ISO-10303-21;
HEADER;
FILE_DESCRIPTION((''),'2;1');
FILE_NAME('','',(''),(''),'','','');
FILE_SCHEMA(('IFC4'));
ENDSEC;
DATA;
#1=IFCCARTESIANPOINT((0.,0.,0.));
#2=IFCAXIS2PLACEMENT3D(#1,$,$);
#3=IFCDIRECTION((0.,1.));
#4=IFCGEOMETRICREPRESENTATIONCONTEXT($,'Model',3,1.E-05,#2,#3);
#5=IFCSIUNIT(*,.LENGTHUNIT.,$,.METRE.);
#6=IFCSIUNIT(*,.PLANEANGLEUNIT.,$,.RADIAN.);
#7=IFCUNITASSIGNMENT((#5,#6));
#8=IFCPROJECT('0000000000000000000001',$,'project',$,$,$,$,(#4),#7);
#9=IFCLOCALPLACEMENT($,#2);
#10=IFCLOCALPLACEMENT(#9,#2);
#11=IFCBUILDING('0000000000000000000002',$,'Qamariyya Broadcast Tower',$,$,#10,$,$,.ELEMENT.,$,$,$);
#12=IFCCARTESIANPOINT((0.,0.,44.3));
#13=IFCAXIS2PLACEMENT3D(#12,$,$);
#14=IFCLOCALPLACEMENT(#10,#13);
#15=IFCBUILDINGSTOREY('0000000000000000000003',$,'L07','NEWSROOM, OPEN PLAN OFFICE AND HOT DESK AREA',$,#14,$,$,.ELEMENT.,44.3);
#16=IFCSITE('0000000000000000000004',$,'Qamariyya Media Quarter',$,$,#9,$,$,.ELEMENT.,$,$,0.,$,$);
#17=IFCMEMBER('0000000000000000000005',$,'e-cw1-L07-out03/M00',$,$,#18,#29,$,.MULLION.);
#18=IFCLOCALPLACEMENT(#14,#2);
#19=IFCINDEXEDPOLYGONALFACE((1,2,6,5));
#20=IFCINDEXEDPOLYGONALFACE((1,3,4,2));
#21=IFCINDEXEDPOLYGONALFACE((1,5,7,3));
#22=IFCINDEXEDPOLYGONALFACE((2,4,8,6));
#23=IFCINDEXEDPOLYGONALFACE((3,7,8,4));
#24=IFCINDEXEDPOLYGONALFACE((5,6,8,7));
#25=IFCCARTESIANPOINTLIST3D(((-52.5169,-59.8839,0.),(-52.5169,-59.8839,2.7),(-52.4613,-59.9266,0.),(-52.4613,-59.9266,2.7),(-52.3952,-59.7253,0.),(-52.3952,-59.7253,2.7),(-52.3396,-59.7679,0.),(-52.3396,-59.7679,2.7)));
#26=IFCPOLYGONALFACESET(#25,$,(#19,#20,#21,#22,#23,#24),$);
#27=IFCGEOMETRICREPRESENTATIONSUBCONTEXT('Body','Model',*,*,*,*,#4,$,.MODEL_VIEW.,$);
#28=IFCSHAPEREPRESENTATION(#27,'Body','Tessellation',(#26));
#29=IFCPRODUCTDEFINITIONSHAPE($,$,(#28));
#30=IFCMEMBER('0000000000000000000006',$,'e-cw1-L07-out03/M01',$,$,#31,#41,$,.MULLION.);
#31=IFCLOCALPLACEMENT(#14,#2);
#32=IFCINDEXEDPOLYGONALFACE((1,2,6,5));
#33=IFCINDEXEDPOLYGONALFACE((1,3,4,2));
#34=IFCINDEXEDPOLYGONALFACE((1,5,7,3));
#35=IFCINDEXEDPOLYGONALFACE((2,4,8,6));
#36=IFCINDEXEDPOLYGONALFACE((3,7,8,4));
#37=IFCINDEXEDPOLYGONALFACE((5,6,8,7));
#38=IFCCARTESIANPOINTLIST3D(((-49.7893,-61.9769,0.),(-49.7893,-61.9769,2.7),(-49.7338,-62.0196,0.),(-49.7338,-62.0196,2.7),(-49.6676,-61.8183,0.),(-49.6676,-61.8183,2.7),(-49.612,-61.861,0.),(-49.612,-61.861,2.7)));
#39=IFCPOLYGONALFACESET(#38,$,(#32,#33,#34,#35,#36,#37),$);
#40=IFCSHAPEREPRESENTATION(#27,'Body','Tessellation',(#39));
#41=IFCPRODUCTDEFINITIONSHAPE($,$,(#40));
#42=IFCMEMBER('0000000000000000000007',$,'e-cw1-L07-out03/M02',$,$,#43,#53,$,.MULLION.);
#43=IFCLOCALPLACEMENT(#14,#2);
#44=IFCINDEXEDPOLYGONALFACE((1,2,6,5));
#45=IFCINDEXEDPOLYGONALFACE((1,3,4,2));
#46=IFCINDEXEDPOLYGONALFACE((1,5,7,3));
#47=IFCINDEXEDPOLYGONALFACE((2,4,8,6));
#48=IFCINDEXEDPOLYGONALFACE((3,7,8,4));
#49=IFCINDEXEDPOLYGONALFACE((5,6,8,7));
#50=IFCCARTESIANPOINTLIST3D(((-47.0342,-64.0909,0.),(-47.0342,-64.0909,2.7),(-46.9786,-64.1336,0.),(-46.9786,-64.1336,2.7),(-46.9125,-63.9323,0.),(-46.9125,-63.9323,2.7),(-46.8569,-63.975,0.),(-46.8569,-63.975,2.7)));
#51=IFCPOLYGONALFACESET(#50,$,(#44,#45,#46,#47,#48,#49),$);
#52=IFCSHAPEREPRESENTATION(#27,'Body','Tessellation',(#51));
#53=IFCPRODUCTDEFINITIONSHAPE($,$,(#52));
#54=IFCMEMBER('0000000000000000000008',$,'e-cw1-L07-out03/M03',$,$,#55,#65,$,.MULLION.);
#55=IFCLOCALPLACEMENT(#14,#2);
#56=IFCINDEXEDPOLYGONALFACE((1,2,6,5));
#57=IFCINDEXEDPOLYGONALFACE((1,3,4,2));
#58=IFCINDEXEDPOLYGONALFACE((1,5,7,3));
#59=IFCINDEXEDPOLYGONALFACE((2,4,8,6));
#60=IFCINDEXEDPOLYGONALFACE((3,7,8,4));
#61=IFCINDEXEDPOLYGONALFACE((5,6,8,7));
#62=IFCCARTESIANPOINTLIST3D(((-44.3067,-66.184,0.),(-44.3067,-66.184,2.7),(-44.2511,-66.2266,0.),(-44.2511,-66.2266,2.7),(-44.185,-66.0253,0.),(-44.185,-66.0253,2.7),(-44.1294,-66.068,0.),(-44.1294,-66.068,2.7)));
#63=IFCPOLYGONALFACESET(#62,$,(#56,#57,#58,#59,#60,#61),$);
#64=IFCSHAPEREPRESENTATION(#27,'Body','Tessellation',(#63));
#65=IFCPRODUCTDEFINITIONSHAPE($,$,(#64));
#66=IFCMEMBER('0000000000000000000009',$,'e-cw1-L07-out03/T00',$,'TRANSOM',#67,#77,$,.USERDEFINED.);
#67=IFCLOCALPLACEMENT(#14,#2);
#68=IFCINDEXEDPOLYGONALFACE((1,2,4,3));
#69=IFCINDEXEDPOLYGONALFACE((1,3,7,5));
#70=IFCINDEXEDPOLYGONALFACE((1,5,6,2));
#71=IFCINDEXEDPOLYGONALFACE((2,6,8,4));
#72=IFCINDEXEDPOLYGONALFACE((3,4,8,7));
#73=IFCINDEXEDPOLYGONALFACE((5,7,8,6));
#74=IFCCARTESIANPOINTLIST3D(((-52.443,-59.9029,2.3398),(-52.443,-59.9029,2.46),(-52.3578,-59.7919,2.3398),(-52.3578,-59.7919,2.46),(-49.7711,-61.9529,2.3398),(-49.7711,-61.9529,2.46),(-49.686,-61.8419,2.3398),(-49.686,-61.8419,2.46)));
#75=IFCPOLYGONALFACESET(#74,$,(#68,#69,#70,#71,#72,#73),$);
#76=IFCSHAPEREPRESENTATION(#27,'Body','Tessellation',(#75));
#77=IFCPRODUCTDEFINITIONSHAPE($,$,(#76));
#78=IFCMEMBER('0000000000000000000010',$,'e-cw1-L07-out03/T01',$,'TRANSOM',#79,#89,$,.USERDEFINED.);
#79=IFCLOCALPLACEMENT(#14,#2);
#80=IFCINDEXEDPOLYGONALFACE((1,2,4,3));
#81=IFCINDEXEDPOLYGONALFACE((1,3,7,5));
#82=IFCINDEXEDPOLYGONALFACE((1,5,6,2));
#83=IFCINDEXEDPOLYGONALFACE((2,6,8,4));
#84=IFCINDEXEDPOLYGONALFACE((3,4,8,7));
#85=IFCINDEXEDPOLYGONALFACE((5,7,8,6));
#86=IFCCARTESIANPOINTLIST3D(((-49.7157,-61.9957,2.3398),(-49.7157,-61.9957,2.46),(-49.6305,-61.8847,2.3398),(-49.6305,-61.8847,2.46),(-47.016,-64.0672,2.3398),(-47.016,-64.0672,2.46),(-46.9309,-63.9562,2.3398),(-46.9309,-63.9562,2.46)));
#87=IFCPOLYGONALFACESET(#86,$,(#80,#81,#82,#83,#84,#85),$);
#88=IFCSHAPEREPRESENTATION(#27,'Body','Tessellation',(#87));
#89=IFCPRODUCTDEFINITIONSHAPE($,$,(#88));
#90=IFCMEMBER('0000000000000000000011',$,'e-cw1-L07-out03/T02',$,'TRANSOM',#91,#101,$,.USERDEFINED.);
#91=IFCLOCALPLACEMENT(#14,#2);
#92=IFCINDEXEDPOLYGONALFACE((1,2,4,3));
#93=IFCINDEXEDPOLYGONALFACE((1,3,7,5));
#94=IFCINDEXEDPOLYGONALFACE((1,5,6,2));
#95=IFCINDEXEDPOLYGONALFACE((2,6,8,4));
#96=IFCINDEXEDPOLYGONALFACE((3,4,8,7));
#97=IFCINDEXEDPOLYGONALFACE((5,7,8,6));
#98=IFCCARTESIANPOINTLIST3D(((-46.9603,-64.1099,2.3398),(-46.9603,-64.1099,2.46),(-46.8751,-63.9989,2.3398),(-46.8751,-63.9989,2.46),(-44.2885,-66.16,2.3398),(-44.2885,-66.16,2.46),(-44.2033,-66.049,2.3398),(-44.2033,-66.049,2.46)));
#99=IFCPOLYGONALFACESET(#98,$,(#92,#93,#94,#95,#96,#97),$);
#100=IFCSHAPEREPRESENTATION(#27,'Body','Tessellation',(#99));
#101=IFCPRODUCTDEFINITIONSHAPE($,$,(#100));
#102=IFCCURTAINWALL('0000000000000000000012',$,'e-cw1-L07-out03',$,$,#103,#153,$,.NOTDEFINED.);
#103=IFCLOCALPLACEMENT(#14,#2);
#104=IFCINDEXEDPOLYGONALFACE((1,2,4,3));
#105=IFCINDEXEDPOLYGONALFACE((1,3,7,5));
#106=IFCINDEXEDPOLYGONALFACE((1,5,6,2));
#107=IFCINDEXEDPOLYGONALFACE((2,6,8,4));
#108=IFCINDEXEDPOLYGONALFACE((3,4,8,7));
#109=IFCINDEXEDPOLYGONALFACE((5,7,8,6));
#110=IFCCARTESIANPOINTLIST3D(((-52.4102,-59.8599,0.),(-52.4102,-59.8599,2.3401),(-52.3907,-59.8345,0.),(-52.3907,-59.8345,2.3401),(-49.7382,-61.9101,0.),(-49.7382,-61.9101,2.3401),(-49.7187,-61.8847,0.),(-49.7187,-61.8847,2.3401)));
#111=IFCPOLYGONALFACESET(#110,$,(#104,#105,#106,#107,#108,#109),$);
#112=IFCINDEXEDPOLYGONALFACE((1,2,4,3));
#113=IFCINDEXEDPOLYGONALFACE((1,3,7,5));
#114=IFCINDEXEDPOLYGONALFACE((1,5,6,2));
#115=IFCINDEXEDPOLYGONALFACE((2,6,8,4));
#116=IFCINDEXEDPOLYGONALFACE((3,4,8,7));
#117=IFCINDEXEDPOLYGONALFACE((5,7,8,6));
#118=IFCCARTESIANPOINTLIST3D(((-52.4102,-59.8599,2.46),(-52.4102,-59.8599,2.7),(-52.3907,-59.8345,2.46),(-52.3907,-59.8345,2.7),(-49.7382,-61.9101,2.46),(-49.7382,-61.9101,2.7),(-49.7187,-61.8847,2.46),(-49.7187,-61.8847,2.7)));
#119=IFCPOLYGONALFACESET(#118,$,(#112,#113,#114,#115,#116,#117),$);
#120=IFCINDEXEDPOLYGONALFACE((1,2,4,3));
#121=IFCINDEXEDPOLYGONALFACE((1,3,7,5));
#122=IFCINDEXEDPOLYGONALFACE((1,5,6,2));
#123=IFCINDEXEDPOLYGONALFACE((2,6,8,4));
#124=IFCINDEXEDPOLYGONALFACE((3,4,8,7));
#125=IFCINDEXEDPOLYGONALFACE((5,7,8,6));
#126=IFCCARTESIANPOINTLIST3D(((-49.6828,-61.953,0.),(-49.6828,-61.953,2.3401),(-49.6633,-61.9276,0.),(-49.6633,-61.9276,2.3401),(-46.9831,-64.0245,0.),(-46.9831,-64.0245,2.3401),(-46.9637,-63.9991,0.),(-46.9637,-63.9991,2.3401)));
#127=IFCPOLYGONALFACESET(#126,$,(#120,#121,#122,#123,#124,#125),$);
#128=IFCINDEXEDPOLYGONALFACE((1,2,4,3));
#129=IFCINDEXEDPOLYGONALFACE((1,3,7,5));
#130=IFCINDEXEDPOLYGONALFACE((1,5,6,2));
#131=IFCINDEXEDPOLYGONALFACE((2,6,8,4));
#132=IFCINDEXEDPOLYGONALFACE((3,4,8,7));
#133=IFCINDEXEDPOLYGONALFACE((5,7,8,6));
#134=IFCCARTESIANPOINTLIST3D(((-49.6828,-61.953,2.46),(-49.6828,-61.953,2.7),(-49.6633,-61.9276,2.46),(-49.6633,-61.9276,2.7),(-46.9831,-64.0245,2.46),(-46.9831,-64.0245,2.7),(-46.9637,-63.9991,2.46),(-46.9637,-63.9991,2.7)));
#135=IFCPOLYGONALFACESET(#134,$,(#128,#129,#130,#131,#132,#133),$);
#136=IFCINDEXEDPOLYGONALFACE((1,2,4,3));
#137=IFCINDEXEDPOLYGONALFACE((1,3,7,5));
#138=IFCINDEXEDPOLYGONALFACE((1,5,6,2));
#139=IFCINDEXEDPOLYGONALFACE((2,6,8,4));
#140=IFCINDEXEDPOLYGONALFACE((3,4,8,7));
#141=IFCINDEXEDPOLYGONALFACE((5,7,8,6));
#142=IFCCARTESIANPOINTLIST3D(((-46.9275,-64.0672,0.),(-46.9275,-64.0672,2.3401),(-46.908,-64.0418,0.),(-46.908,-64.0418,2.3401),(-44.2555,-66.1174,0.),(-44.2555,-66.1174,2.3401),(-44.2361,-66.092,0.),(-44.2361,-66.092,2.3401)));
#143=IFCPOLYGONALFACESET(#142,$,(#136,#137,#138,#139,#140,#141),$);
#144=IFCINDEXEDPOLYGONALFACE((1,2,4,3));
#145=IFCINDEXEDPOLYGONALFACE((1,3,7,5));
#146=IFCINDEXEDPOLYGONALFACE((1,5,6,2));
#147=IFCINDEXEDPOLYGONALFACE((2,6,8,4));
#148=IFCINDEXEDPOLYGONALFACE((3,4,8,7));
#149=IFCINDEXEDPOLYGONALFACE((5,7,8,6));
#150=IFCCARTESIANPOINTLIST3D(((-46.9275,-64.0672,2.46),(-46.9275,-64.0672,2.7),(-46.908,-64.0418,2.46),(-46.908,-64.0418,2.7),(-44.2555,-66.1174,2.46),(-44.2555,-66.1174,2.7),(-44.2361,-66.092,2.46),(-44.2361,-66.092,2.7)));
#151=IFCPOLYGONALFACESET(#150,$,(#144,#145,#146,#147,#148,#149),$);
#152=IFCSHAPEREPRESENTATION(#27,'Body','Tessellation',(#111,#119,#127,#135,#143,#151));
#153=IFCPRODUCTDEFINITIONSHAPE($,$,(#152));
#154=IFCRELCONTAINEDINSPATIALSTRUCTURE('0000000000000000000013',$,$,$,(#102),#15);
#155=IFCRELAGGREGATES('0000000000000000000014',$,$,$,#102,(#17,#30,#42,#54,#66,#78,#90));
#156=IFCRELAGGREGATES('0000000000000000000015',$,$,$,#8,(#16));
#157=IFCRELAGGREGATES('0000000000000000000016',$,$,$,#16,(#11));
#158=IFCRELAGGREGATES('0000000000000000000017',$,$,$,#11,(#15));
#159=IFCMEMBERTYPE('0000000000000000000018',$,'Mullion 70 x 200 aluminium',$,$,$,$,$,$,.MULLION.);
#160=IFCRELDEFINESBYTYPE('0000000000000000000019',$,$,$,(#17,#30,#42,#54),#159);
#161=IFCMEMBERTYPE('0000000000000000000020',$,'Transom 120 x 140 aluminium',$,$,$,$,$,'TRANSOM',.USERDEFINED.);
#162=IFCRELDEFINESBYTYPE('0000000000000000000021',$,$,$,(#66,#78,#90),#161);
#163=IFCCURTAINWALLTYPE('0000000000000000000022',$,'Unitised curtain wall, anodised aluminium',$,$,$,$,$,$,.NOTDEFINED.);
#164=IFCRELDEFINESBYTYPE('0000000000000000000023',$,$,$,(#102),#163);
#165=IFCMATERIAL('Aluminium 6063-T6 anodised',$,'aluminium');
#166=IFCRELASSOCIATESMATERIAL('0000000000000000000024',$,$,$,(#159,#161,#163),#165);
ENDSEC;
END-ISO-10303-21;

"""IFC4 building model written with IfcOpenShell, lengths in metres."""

from ifc_helpers import new_model, si_unit, direction, frame, origin, origin_2d, place, context, subcontext, project, spatial, rectangle, extrude, material, material_profile, profile_set, type_object, element, aggregate, save


model = new_model("IFC4")

# Units and contexts
model_context = context("Model", 3, precision=1e-05, world=origin(), true_north=direction((0.0, 1.0)))
body_context = subcontext(model_context, "Body", "Model", "MODEL_VIEW")
ifc_project = project(units=[si_unit("LENGTHUNIT", "METRE"), si_unit("PLANEANGLEUNIT", "RADIAN")], contexts=[model_context])

# Members
ifc_material = material(Name="Aluminium 6063-T6 anodised", Category="aluminium")
ifc_material_profile_1 = material_profile(ifc_material, rectangle(XDim=0.2, YDim=0.0701, at=origin_2d()))
ifc_profile_set_1 = profile_set([ifc_material_profile_1], Name="Aluminium 6063-T6 anodised")
member_type_1 = type_object("IfcMemberType", Name="Mullion 70 x 200 aluminium", PredefinedType="MULLION", material=ifc_profile_set_1)
site_placement = place(None, origin())
building_placement = place(site_placement, origin())
storey_placement = place(building_placement, frame((0.0, 0.0, 44.3)))
member_1_placement = place(storey_placement, frame((-52.4282, -59.8259, 0.0), z_axis=(0.0, 0.0, 1.0), x_axis=(0.608761, 0.793353, 0.0)))
member_1 = element("IfcMember", 1, at=member_1_placement, type_object=member_type_1, Name="e-cw1-L07-out03/M00", PredefinedType="MULLION", context=body_context, shape_type="SweptSolid", body=[
    extrude(rectangle(XDim=0.2, YDim=0.0701, at=origin_2d()), origin(), (0.0, 0.0, 1.0), 2.7),
])
member_2_placement = place(storey_placement, frame((-49.7007, -61.9189, 0.0), z_axis=(0.0, 0.0, 1.0), x_axis=(0.608761, 0.793353, 0.0)))
member_2 = element("IfcMember", 2, at=member_2_placement, type_object=member_type_1, Name="e-cw1-L07-out03/M01", PredefinedType="MULLION", context=body_context, shape_type="SweptSolid", body=[
    extrude(rectangle(XDim=0.2, YDim=0.0701, at=origin_2d()), origin(), (0.0, 0.0, 1.0), 2.7),
])
member_3_placement = place(storey_placement, frame((-46.9456, -64.033, 0.0), z_axis=(0.0, 0.0, 1.0), x_axis=(0.608761, 0.793353, 0.0)))
member_3 = element("IfcMember", 3, at=member_3_placement, type_object=member_type_1, Name="e-cw1-L07-out03/M02", PredefinedType="MULLION", context=body_context, shape_type="SweptSolid", body=[
    extrude(rectangle(XDim=0.2, YDim=0.0701, at=origin_2d()), origin(), (0.0, 0.0, 1.0), 2.7),
])
member_4_placement = place(storey_placement, frame((-44.218, -66.126, 0.0), z_axis=(0.0, 0.0, 1.0), x_axis=(0.608761, 0.793353, 0.0)))
member_4 = element("IfcMember", 4, at=member_4_placement, type_object=member_type_1, Name="e-cw1-L07-out03/M03", PredefinedType="MULLION", context=body_context, shape_type="SweptSolid", body=[
    extrude(rectangle(XDim=0.2, YDim=0.0701, at=origin_2d()), origin(), (0.0, 0.0, 1.0), 2.7),
])
ifc_material_profile_2 = material_profile(ifc_material, rectangle(XDim=0.1399, YDim=0.1201, at=origin_2d()))
ifc_profile_set_2 = profile_set([ifc_material_profile_2], Name="Aluminium 6063-T6 anodised")
member_type_2 = type_object("IfcMemberType", Name="Transom 120 x 140 aluminium", ElementType="TRANSOM", PredefinedType="USERDEFINED", material=ifc_profile_set_2)
member_5_placement = place(storey_placement, frame((-52.4004, -59.8474, 2.3999), z_axis=(0.793375, -0.608733, 0.0), x_axis=(0.608733, 0.793375, 0.0)))
member_5 = element("IfcMember", 5, at=member_5_placement, type_object=member_type_2, Name="e-cw1-L07-out03/T00", ObjectType="TRANSOM", PredefinedType="USERDEFINED", context=body_context, shape_type="SweptSolid", body=[
    extrude(rectangle(XDim=0.1399, YDim=0.1201, at=origin_2d()), origin(), (0.0, 0.0, 1.0), 3.3677),
])
member_6_placement = place(storey_placement, frame((-49.6731, -61.9402, 2.3999), z_axis=(0.793357, -0.608757, 0.0), x_axis=(0.608757, 0.793357, 0.0)))
member_6 = element("IfcMember", 6, at=member_6_placement, type_object=member_type_2, Name="e-cw1-L07-out03/T01", ObjectType="TRANSOM", PredefinedType="USERDEFINED", context=body_context, shape_type="SweptSolid", body=[
    extrude(rectangle(XDim=0.1399, YDim=0.1201, at=origin_2d()), origin(), (0.0, 0.0, 1.0), 3.4028),
])
member_7_placement = place(storey_placement, frame((-46.9177, -64.0544, 2.3999), z_axis=(0.793375, -0.608733, 0.0), x_axis=(0.608733, 0.793375, 0.0)))
member_7 = element("IfcMember", 7, at=member_7_placement, type_object=member_type_2, Name="e-cw1-L07-out03/T02", ObjectType="TRANSOM", PredefinedType="USERDEFINED", context=body_context, shape_type="SweptSolid", body=[
    extrude(rectangle(XDim=0.1399, YDim=0.1201, at=origin_2d()), origin(), (0.0, 0.0, 1.0), 3.3677),
])

# Site, building, storey
site = spatial("IfcSite", under=ifc_project, at=site_placement, Name="Qamariyya Media Quarter", CompositionType="ELEMENT", RefElevation=0.0)
building = spatial("IfcBuilding", under=site, at=building_placement, Name="Qamariyya Broadcast Tower", CompositionType="ELEMENT")
storey = spatial("IfcBuildingStorey", under=building, at=storey_placement, Name="L07", Description="NEWSROOM, OPEN PLAN OFFICE AND HOT DESK AREA", CompositionType="ELEMENT", Elevation=44.3)

# Curtain wall
curtain_wall_type = type_object("IfcCurtainWallType", Name="Unitised curtain wall, anodised aluminium", PredefinedType="NOTDEFINED", material=ifc_material)
curtain_wall_1_placement = place(storey_placement, origin())
curtain_wall_1 = element("IfcCurtainWall", 8, at=curtain_wall_1_placement, inside=storey, type_object=curtain_wall_type, Name="e-cw1-L07-out03", PredefinedType="NOTDEFINED", context=body_context, shape_type="SweptSolid", body=[
    extrude(rectangle(XDim=3.3679, YDim=0.032, at=origin_2d()), frame((-51.0645, -60.8723, 0.0), x_axis=(0.793358, -0.608756, 0.0)), (0.0, 0.0, 1.0), 2.3401),
    extrude(rectangle(XDim=3.3679, YDim=0.032, at=origin_2d()), frame((-51.0645, -60.8723, 2.46), x_axis=(0.793358, -0.608756, 0.0)), (0.0, 0.0, 1.0), 0.24),
    extrude(rectangle(XDim=3.4028, YDim=0.032, at=origin_2d()), frame((-48.3232, -62.9761, 0.0), x_axis=(0.793358, -0.608756, 0.0)), (0.0, 0.0, 1.0), 2.3401),
    extrude(rectangle(XDim=3.4028, YDim=0.032, at=origin_2d()), frame((-48.3232, -62.9761, 2.46), x_axis=(0.793358, -0.608756, 0.0)), (0.0, 0.0, 1.0), 0.24),
    extrude(rectangle(XDim=3.3679, YDim=0.032, at=origin_2d()), frame((-45.5818, -65.0796, 0.0), x_axis=(0.793358, -0.608756, 0.0)), (0.0, 0.0, 1.0), 2.3401),
    extrude(rectangle(XDim=3.3679, YDim=0.032, at=origin_2d()), frame((-45.5818, -65.0796, 2.46), x_axis=(0.793358, -0.608756, 0.0)), (0.0, 0.0, 1.0), 0.24),
])
aggregate(curtain_wall_1, [member_1, member_2, member_3, member_4, member_5, member_6, member_7])

save(model, "model.ifc")
